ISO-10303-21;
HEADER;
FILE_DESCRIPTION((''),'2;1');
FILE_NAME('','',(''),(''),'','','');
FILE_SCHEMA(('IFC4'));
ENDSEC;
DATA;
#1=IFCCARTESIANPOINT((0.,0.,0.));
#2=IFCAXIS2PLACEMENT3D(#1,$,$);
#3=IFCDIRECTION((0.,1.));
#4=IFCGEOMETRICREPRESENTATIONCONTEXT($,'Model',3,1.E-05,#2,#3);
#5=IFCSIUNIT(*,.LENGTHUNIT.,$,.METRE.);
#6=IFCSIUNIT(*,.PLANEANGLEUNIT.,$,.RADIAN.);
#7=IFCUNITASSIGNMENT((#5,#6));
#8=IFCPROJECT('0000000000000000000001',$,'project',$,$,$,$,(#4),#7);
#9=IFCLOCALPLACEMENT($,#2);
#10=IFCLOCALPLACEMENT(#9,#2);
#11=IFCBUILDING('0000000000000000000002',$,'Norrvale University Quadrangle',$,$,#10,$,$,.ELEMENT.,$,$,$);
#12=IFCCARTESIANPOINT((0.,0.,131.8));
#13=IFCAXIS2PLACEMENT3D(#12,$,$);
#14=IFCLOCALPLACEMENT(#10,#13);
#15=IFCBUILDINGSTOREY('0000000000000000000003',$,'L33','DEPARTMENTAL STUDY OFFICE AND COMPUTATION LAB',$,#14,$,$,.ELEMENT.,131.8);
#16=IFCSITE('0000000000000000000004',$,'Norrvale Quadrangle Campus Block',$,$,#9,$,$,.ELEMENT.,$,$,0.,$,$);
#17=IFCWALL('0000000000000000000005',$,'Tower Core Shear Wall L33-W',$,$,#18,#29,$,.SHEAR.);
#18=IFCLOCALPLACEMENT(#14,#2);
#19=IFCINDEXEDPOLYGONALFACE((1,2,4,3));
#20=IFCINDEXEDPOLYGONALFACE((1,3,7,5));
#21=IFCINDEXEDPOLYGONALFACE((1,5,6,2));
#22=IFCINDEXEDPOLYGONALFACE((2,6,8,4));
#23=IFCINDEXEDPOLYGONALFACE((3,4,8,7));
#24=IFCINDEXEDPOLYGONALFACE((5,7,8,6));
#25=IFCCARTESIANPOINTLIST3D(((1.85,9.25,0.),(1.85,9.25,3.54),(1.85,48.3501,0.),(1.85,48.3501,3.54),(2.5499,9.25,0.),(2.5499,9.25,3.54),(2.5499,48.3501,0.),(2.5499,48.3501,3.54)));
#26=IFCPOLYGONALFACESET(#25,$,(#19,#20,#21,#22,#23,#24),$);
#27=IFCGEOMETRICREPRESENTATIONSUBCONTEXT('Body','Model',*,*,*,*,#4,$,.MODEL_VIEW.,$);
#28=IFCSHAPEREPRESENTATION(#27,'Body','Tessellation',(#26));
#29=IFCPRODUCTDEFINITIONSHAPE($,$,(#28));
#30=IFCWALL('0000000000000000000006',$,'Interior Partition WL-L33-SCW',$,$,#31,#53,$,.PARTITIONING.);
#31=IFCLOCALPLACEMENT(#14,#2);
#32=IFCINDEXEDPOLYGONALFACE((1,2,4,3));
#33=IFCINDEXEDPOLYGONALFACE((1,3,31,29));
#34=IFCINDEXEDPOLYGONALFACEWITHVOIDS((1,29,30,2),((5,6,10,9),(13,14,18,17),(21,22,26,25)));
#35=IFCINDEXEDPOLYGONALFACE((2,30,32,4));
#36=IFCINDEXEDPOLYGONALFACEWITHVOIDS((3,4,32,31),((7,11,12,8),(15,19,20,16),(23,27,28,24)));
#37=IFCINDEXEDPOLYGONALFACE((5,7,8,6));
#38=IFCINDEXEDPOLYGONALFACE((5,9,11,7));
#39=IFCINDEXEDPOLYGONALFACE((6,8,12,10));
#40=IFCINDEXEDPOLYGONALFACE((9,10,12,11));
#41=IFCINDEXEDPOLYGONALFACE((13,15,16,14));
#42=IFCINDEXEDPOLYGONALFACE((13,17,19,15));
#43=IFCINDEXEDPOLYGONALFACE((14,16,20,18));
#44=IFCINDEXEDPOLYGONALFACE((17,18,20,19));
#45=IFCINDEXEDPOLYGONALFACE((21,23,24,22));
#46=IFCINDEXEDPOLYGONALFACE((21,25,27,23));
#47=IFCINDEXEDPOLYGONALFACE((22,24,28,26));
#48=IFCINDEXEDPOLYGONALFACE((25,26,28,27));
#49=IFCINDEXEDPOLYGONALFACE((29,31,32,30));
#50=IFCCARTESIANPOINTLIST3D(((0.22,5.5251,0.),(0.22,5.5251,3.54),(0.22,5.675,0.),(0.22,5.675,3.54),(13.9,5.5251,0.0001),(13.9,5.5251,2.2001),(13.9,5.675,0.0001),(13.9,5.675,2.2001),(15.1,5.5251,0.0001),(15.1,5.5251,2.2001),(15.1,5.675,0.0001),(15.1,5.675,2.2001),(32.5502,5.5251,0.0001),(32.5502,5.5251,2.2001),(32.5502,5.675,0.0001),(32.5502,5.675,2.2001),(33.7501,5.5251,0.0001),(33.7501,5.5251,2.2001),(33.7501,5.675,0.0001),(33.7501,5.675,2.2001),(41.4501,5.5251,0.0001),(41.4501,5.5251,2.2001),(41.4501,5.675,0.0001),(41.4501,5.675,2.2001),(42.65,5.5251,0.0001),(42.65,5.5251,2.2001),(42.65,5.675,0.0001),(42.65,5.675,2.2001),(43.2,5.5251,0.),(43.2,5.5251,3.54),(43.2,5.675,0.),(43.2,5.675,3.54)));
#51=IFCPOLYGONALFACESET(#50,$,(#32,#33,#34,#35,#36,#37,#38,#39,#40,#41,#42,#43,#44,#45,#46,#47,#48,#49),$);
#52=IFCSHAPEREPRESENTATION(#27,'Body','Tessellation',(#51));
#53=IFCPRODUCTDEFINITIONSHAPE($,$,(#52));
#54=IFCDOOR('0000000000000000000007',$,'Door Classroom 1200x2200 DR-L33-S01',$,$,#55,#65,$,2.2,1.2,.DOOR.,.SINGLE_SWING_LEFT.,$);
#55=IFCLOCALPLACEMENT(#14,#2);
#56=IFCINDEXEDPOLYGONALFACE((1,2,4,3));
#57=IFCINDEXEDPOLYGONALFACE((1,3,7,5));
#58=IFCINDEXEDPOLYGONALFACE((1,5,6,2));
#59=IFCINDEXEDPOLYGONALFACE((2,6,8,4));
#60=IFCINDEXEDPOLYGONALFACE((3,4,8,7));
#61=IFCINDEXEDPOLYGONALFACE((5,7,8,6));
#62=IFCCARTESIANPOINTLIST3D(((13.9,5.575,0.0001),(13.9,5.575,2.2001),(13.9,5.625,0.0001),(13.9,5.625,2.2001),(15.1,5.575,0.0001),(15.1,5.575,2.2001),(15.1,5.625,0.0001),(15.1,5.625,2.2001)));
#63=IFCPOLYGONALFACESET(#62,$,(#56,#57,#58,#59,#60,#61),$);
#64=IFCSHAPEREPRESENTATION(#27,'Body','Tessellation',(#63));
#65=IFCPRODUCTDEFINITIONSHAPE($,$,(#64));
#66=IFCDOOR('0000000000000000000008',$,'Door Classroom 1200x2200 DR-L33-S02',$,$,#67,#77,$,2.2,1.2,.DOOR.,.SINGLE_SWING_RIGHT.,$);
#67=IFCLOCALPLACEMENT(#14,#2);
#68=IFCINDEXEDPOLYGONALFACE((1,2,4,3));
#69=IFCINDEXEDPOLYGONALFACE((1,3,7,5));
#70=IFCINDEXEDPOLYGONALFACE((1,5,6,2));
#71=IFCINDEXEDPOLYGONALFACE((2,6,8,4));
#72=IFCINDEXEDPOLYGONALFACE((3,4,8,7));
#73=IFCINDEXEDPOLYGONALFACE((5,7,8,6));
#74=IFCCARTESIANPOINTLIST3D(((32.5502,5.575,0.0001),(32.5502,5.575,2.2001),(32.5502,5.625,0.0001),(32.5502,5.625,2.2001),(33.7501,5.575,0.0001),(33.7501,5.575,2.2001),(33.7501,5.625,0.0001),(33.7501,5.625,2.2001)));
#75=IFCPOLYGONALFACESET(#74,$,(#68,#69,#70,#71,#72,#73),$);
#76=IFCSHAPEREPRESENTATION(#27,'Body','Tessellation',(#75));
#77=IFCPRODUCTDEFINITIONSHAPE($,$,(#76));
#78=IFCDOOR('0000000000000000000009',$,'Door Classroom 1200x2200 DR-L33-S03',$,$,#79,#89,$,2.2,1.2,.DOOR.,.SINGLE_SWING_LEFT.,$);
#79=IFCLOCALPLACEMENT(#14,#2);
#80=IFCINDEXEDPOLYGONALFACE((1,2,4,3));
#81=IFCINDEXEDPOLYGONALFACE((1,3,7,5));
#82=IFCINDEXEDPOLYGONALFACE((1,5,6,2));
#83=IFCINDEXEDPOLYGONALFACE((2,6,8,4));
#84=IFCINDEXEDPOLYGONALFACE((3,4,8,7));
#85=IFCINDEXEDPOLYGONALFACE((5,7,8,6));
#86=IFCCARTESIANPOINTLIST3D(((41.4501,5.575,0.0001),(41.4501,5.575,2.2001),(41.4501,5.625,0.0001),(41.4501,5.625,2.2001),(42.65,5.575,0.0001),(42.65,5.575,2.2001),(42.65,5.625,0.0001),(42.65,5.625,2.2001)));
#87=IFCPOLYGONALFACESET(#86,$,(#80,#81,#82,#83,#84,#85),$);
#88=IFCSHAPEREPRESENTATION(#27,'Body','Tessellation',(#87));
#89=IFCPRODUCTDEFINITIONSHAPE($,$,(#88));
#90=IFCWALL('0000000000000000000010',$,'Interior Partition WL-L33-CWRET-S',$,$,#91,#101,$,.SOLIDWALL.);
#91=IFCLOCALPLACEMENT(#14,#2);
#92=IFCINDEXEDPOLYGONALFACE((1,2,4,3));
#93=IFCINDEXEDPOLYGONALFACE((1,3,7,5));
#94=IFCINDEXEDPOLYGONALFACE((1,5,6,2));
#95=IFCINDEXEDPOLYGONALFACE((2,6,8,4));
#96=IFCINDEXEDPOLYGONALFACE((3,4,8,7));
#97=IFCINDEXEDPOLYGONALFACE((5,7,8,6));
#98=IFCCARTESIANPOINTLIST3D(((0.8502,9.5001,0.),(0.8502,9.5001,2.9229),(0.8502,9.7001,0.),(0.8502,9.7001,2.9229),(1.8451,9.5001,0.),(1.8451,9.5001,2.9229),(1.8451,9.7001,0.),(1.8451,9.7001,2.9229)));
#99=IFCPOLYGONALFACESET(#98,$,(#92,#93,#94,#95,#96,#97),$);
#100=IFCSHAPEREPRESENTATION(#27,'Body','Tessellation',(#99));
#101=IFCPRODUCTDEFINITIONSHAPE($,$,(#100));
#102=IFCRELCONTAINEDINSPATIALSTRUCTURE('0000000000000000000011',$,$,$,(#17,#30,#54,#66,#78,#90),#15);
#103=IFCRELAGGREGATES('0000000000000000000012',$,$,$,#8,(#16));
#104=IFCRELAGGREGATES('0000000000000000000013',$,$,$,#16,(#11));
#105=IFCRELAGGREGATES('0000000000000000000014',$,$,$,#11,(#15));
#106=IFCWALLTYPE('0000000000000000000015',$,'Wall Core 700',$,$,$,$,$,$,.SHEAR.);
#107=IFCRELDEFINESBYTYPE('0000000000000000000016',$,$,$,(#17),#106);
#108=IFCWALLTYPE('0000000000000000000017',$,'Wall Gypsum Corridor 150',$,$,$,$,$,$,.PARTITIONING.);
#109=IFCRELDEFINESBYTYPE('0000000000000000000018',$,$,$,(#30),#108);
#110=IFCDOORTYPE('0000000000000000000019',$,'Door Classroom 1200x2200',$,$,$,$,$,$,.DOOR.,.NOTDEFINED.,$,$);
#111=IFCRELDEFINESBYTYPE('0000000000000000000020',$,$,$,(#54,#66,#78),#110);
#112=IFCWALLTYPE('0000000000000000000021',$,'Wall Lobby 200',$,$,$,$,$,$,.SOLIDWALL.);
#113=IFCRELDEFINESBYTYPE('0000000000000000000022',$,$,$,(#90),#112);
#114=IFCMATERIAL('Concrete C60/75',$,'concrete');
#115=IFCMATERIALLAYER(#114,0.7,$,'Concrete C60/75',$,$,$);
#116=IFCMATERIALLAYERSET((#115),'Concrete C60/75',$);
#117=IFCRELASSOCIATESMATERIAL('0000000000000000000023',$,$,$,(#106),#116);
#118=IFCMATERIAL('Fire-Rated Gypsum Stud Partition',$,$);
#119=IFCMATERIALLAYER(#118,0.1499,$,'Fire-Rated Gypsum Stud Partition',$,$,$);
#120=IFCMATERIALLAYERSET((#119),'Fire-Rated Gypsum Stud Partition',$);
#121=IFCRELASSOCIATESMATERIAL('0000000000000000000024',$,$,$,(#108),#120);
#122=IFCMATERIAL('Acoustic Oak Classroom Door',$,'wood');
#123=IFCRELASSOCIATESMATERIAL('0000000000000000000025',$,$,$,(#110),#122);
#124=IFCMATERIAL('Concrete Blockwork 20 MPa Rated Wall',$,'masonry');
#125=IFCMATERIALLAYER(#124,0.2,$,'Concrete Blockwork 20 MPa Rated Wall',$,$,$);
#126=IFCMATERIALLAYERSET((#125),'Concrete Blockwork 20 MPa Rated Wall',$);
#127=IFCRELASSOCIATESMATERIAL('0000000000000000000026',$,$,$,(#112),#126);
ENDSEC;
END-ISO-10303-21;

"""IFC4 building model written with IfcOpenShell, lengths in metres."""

from ifc_helpers import new_model, si_unit, direction, frame, frame_2d, origin, place, context, subcontext, project, spatial, rectangle, extrude, material, layer, layer_set, type_object, element, fill, save


model = new_model("IFC4")

# Units and contexts
model_context = context("Model", 3, precision=1e-05, world=origin(), true_north=direction((0.0, 1.0)))
body_context = subcontext(model_context, "Body", "Model", "MODEL_VIEW")
ifc_project = project(units=[si_unit("LENGTHUNIT", "METRE"), si_unit("PLANEANGLEUNIT", "RADIAN")], contexts=[model_context])

# Site, building, storey
site_placement = place(None, origin())
site = spatial("IfcSite", under=ifc_project, at=site_placement, Name="Norrvale Quadrangle Campus Block", CompositionType="ELEMENT", RefElevation=0.0)
building_placement = place(site_placement, origin())
building = spatial("IfcBuilding", under=site, at=building_placement, Name="Norrvale University Quadrangle", CompositionType="ELEMENT")
storey_placement = place(building_placement, frame((0.0, 0.0, 131.8)))
storey = spatial("IfcBuildingStorey", under=building, at=storey_placement, Name="L33", Description="DEPARTMENTAL STUDY OFFICE AND COMPUTATION LAB", CompositionType="ELEMENT", Elevation=131.8)

# Shared definitions
ifc_material_1 = material(Name="Concrete C60/75", Category="concrete")

# Wall
ifc_layer_1 = layer(ifc_material_1, 0.7, Name="Concrete C60/75")
ifc_layer_set_1 = layer_set([ifc_layer_1], Name="Concrete C60/75")
wall_type_1 = type_object("IfcWallType", Name="Wall Core 700", PredefinedType="SHEAR", material=ifc_layer_set_1)
wall_1_placement = place(storey_placement, frame((2.2, 9.25, 0.0), z_axis=(0.0, 0.0, 1.0), x_axis=(0.0, 1.0, 0.0)))
element("IfcWall", 1, at=wall_1_placement, inside=storey, type_object=wall_type_1, Name="Tower Core Shear Wall L33-W", PredefinedType="SHEAR", context=body_context, shape_type="SweptSolid", body=[
    extrude(rectangle(XDim=39.1001, YDim=0.7, at=frame_2d((19.55, 0.0))), origin(), (0.0, 0.0, 1.0), 3.54),
])

# Wall, openings, doors
ifc_material_2 = material(Name="Fire-Rated Gypsum Stud Partition")
ifc_layer_2 = layer(ifc_material_2, 0.1499, Name="Fire-Rated Gypsum Stud Partition")
ifc_layer_set_2 = layer_set([ifc_layer_2], Name="Fire-Rated Gypsum Stud Partition")
wall_type_2 = type_object("IfcWallType", Name="Wall Gypsum Corridor 150", PredefinedType="PARTITIONING", material=ifc_layer_set_2)
wall_2_placement = place(storey_placement, frame((0.22, 5.6001, 0.0), z_axis=(0.0, 0.0, 1.0), x_axis=(1.0, 0.0, 0.0)))
wall_2 = element("IfcWall", 2, at=wall_2_placement, inside=storey, type_object=wall_type_2, Name="Interior Partition WL-L33-SCW", PredefinedType="PARTITIONING", context=body_context, shape_type="SweptSolid", body=[
    extrude(rectangle(XDim=42.98, YDim=0.1499, at=frame_2d((21.49, 0.0))), origin(), (0.0, 0.0, 1.0), 3.54),
])
opening_1_placement = place(wall_2_placement, frame((13.6799, 0.0, 0.0)))
opening_1 = element("IfcOpeningElement", 3, at=opening_1_placement, cuts=wall_2, PredefinedType="OPENING", context=body_context, shape_type="SweptSolid", body=[
    extrude(rectangle(XDim=1.2, YDim=2.2, at=frame_2d((0.6001, 1.1001))), frame((0.0, 0.0869, 0.0), z_axis=(0.0, -1.0, 0.0), x_axis=(1.0, 0.0, 0.0)), (0.0, 0.0, 1.0), 0.1738),
])
opening_2_placement = place(wall_2_placement, frame((32.3301, 0.0, 0.0)))
opening_2 = element("IfcOpeningElement", 4, at=opening_2_placement, cuts=wall_2, PredefinedType="OPENING", context=body_context, shape_type="SweptSolid", body=[
    extrude(rectangle(XDim=1.2, YDim=2.2, at=frame_2d((0.6001, 1.1001))), frame((0.0, 0.0869, 0.0), z_axis=(0.0, -1.0, 0.0), x_axis=(1.0, 0.0, 0.0)), (0.0, 0.0, 1.0), 0.1738),
])
opening_3_placement = place(wall_2_placement, frame((41.23, 0.0, 0.0)))
opening_3 = element("IfcOpeningElement", 5, at=opening_3_placement, cuts=wall_2, PredefinedType="OPENING", context=body_context, shape_type="SweptSolid", body=[
    extrude(rectangle(XDim=1.2, YDim=2.2, at=frame_2d((0.6001, 1.1001))), frame((0.0, 0.0869, 0.0), z_axis=(0.0, -1.0, 0.0), x_axis=(1.0, 0.0, 0.0)), (0.0, 0.0, 1.0), 0.1738),
])
ifc_material_3 = material(Name="Acoustic Oak Classroom Door", Category="wood")
door_type = type_object("IfcDoorType", Name="Door Classroom 1200x2200", OperationType="NOTDEFINED", PredefinedType="DOOR", material=ifc_material_3)
door_1_placement = place(opening_1_placement, origin())
door_1 = element("IfcDoor", 6, at=door_1_placement, inside=storey, type_object=door_type, Name="Door Classroom 1200x2200 DR-L33-S01", OperationType="SINGLE_SWING_LEFT", OverallHeight=2.2, OverallWidth=1.2, PredefinedType="DOOR", context=body_context, shape_type="SweptSolid", body=[
    extrude(rectangle(XDim=1.2, YDim=2.2, at=frame_2d((0.6001, 1.1001))), frame((0.0, 0.0249, 0.0), z_axis=(0.0, -1.0, 0.0), x_axis=(1.0, 0.0, 0.0)), (0.0, 0.0, 1.0), 0.05),
])
fill(opening_1, door_1)
door_2_placement = place(opening_2_placement, origin())
door_2 = element("IfcDoor", 7, at=door_2_placement, inside=storey, type_object=door_type, Name="Door Classroom 1200x2200 DR-L33-S02", OperationType="SINGLE_SWING_RIGHT", OverallHeight=2.2, OverallWidth=1.2, PredefinedType="DOOR", context=body_context, shape_type="SweptSolid", body=[
    extrude(rectangle(XDim=1.2, YDim=2.2, at=frame_2d((0.6001, 1.1001))), frame((0.0, 0.0249, 0.0), z_axis=(0.0, -1.0, 0.0), x_axis=(1.0, 0.0, 0.0)), (0.0, 0.0, 1.0), 0.05),
])
fill(opening_2, door_2)
door_3_placement = place(opening_3_placement, origin())
door_3 = element("IfcDoor", 8, at=door_3_placement, inside=storey, type_object=door_type, Name="Door Classroom 1200x2200 DR-L33-S03", OperationType="SINGLE_SWING_LEFT", OverallHeight=2.2, OverallWidth=1.2, PredefinedType="DOOR", context=body_context, shape_type="SweptSolid", body=[
    extrude(rectangle(XDim=1.2, YDim=2.2, at=frame_2d((0.6001, 1.1001))), frame((0.0, 0.0249, 0.0), z_axis=(0.0, -1.0, 0.0), x_axis=(1.0, 0.0, 0.0)), (0.0, 0.0, 1.0), 0.05),
])
fill(opening_3, door_3)

# Wall
ifc_material_4 = material(Name="Concrete Blockwork 20 MPa Rated Wall", Category="masonry")
ifc_layer_3 = layer(ifc_material_4, 0.2, Name="Concrete Blockwork 20 MPa Rated Wall")
ifc_layer_set_3 = layer_set([ifc_layer_3], Name="Concrete Blockwork 20 MPa Rated Wall")
wall_type_3 = type_object("IfcWallType", Name="Wall Lobby 200", PredefinedType="SOLIDWALL", material=ifc_layer_set_3)
wall_3_placement = place(storey_placement, frame((0.8501, 9.6001, 0.0), z_axis=(0.0, 0.0, 1.0), x_axis=(1.0, 0.0, 0.0)))
element("IfcWall", 9, at=wall_3_placement, inside=storey, type_object=wall_type_3, Name="Interior Partition WL-L33-CWRET-S", PredefinedType="SOLIDWALL", context=body_context, shape_type="SweptSolid", body=[
    extrude(rectangle(XDim=0.9949, YDim=0.2, at=frame_2d((0.4976, 0.0))), origin(), (0.0, 0.0, 1.0), 2.9229),
])

save(model, "model.ifc")
